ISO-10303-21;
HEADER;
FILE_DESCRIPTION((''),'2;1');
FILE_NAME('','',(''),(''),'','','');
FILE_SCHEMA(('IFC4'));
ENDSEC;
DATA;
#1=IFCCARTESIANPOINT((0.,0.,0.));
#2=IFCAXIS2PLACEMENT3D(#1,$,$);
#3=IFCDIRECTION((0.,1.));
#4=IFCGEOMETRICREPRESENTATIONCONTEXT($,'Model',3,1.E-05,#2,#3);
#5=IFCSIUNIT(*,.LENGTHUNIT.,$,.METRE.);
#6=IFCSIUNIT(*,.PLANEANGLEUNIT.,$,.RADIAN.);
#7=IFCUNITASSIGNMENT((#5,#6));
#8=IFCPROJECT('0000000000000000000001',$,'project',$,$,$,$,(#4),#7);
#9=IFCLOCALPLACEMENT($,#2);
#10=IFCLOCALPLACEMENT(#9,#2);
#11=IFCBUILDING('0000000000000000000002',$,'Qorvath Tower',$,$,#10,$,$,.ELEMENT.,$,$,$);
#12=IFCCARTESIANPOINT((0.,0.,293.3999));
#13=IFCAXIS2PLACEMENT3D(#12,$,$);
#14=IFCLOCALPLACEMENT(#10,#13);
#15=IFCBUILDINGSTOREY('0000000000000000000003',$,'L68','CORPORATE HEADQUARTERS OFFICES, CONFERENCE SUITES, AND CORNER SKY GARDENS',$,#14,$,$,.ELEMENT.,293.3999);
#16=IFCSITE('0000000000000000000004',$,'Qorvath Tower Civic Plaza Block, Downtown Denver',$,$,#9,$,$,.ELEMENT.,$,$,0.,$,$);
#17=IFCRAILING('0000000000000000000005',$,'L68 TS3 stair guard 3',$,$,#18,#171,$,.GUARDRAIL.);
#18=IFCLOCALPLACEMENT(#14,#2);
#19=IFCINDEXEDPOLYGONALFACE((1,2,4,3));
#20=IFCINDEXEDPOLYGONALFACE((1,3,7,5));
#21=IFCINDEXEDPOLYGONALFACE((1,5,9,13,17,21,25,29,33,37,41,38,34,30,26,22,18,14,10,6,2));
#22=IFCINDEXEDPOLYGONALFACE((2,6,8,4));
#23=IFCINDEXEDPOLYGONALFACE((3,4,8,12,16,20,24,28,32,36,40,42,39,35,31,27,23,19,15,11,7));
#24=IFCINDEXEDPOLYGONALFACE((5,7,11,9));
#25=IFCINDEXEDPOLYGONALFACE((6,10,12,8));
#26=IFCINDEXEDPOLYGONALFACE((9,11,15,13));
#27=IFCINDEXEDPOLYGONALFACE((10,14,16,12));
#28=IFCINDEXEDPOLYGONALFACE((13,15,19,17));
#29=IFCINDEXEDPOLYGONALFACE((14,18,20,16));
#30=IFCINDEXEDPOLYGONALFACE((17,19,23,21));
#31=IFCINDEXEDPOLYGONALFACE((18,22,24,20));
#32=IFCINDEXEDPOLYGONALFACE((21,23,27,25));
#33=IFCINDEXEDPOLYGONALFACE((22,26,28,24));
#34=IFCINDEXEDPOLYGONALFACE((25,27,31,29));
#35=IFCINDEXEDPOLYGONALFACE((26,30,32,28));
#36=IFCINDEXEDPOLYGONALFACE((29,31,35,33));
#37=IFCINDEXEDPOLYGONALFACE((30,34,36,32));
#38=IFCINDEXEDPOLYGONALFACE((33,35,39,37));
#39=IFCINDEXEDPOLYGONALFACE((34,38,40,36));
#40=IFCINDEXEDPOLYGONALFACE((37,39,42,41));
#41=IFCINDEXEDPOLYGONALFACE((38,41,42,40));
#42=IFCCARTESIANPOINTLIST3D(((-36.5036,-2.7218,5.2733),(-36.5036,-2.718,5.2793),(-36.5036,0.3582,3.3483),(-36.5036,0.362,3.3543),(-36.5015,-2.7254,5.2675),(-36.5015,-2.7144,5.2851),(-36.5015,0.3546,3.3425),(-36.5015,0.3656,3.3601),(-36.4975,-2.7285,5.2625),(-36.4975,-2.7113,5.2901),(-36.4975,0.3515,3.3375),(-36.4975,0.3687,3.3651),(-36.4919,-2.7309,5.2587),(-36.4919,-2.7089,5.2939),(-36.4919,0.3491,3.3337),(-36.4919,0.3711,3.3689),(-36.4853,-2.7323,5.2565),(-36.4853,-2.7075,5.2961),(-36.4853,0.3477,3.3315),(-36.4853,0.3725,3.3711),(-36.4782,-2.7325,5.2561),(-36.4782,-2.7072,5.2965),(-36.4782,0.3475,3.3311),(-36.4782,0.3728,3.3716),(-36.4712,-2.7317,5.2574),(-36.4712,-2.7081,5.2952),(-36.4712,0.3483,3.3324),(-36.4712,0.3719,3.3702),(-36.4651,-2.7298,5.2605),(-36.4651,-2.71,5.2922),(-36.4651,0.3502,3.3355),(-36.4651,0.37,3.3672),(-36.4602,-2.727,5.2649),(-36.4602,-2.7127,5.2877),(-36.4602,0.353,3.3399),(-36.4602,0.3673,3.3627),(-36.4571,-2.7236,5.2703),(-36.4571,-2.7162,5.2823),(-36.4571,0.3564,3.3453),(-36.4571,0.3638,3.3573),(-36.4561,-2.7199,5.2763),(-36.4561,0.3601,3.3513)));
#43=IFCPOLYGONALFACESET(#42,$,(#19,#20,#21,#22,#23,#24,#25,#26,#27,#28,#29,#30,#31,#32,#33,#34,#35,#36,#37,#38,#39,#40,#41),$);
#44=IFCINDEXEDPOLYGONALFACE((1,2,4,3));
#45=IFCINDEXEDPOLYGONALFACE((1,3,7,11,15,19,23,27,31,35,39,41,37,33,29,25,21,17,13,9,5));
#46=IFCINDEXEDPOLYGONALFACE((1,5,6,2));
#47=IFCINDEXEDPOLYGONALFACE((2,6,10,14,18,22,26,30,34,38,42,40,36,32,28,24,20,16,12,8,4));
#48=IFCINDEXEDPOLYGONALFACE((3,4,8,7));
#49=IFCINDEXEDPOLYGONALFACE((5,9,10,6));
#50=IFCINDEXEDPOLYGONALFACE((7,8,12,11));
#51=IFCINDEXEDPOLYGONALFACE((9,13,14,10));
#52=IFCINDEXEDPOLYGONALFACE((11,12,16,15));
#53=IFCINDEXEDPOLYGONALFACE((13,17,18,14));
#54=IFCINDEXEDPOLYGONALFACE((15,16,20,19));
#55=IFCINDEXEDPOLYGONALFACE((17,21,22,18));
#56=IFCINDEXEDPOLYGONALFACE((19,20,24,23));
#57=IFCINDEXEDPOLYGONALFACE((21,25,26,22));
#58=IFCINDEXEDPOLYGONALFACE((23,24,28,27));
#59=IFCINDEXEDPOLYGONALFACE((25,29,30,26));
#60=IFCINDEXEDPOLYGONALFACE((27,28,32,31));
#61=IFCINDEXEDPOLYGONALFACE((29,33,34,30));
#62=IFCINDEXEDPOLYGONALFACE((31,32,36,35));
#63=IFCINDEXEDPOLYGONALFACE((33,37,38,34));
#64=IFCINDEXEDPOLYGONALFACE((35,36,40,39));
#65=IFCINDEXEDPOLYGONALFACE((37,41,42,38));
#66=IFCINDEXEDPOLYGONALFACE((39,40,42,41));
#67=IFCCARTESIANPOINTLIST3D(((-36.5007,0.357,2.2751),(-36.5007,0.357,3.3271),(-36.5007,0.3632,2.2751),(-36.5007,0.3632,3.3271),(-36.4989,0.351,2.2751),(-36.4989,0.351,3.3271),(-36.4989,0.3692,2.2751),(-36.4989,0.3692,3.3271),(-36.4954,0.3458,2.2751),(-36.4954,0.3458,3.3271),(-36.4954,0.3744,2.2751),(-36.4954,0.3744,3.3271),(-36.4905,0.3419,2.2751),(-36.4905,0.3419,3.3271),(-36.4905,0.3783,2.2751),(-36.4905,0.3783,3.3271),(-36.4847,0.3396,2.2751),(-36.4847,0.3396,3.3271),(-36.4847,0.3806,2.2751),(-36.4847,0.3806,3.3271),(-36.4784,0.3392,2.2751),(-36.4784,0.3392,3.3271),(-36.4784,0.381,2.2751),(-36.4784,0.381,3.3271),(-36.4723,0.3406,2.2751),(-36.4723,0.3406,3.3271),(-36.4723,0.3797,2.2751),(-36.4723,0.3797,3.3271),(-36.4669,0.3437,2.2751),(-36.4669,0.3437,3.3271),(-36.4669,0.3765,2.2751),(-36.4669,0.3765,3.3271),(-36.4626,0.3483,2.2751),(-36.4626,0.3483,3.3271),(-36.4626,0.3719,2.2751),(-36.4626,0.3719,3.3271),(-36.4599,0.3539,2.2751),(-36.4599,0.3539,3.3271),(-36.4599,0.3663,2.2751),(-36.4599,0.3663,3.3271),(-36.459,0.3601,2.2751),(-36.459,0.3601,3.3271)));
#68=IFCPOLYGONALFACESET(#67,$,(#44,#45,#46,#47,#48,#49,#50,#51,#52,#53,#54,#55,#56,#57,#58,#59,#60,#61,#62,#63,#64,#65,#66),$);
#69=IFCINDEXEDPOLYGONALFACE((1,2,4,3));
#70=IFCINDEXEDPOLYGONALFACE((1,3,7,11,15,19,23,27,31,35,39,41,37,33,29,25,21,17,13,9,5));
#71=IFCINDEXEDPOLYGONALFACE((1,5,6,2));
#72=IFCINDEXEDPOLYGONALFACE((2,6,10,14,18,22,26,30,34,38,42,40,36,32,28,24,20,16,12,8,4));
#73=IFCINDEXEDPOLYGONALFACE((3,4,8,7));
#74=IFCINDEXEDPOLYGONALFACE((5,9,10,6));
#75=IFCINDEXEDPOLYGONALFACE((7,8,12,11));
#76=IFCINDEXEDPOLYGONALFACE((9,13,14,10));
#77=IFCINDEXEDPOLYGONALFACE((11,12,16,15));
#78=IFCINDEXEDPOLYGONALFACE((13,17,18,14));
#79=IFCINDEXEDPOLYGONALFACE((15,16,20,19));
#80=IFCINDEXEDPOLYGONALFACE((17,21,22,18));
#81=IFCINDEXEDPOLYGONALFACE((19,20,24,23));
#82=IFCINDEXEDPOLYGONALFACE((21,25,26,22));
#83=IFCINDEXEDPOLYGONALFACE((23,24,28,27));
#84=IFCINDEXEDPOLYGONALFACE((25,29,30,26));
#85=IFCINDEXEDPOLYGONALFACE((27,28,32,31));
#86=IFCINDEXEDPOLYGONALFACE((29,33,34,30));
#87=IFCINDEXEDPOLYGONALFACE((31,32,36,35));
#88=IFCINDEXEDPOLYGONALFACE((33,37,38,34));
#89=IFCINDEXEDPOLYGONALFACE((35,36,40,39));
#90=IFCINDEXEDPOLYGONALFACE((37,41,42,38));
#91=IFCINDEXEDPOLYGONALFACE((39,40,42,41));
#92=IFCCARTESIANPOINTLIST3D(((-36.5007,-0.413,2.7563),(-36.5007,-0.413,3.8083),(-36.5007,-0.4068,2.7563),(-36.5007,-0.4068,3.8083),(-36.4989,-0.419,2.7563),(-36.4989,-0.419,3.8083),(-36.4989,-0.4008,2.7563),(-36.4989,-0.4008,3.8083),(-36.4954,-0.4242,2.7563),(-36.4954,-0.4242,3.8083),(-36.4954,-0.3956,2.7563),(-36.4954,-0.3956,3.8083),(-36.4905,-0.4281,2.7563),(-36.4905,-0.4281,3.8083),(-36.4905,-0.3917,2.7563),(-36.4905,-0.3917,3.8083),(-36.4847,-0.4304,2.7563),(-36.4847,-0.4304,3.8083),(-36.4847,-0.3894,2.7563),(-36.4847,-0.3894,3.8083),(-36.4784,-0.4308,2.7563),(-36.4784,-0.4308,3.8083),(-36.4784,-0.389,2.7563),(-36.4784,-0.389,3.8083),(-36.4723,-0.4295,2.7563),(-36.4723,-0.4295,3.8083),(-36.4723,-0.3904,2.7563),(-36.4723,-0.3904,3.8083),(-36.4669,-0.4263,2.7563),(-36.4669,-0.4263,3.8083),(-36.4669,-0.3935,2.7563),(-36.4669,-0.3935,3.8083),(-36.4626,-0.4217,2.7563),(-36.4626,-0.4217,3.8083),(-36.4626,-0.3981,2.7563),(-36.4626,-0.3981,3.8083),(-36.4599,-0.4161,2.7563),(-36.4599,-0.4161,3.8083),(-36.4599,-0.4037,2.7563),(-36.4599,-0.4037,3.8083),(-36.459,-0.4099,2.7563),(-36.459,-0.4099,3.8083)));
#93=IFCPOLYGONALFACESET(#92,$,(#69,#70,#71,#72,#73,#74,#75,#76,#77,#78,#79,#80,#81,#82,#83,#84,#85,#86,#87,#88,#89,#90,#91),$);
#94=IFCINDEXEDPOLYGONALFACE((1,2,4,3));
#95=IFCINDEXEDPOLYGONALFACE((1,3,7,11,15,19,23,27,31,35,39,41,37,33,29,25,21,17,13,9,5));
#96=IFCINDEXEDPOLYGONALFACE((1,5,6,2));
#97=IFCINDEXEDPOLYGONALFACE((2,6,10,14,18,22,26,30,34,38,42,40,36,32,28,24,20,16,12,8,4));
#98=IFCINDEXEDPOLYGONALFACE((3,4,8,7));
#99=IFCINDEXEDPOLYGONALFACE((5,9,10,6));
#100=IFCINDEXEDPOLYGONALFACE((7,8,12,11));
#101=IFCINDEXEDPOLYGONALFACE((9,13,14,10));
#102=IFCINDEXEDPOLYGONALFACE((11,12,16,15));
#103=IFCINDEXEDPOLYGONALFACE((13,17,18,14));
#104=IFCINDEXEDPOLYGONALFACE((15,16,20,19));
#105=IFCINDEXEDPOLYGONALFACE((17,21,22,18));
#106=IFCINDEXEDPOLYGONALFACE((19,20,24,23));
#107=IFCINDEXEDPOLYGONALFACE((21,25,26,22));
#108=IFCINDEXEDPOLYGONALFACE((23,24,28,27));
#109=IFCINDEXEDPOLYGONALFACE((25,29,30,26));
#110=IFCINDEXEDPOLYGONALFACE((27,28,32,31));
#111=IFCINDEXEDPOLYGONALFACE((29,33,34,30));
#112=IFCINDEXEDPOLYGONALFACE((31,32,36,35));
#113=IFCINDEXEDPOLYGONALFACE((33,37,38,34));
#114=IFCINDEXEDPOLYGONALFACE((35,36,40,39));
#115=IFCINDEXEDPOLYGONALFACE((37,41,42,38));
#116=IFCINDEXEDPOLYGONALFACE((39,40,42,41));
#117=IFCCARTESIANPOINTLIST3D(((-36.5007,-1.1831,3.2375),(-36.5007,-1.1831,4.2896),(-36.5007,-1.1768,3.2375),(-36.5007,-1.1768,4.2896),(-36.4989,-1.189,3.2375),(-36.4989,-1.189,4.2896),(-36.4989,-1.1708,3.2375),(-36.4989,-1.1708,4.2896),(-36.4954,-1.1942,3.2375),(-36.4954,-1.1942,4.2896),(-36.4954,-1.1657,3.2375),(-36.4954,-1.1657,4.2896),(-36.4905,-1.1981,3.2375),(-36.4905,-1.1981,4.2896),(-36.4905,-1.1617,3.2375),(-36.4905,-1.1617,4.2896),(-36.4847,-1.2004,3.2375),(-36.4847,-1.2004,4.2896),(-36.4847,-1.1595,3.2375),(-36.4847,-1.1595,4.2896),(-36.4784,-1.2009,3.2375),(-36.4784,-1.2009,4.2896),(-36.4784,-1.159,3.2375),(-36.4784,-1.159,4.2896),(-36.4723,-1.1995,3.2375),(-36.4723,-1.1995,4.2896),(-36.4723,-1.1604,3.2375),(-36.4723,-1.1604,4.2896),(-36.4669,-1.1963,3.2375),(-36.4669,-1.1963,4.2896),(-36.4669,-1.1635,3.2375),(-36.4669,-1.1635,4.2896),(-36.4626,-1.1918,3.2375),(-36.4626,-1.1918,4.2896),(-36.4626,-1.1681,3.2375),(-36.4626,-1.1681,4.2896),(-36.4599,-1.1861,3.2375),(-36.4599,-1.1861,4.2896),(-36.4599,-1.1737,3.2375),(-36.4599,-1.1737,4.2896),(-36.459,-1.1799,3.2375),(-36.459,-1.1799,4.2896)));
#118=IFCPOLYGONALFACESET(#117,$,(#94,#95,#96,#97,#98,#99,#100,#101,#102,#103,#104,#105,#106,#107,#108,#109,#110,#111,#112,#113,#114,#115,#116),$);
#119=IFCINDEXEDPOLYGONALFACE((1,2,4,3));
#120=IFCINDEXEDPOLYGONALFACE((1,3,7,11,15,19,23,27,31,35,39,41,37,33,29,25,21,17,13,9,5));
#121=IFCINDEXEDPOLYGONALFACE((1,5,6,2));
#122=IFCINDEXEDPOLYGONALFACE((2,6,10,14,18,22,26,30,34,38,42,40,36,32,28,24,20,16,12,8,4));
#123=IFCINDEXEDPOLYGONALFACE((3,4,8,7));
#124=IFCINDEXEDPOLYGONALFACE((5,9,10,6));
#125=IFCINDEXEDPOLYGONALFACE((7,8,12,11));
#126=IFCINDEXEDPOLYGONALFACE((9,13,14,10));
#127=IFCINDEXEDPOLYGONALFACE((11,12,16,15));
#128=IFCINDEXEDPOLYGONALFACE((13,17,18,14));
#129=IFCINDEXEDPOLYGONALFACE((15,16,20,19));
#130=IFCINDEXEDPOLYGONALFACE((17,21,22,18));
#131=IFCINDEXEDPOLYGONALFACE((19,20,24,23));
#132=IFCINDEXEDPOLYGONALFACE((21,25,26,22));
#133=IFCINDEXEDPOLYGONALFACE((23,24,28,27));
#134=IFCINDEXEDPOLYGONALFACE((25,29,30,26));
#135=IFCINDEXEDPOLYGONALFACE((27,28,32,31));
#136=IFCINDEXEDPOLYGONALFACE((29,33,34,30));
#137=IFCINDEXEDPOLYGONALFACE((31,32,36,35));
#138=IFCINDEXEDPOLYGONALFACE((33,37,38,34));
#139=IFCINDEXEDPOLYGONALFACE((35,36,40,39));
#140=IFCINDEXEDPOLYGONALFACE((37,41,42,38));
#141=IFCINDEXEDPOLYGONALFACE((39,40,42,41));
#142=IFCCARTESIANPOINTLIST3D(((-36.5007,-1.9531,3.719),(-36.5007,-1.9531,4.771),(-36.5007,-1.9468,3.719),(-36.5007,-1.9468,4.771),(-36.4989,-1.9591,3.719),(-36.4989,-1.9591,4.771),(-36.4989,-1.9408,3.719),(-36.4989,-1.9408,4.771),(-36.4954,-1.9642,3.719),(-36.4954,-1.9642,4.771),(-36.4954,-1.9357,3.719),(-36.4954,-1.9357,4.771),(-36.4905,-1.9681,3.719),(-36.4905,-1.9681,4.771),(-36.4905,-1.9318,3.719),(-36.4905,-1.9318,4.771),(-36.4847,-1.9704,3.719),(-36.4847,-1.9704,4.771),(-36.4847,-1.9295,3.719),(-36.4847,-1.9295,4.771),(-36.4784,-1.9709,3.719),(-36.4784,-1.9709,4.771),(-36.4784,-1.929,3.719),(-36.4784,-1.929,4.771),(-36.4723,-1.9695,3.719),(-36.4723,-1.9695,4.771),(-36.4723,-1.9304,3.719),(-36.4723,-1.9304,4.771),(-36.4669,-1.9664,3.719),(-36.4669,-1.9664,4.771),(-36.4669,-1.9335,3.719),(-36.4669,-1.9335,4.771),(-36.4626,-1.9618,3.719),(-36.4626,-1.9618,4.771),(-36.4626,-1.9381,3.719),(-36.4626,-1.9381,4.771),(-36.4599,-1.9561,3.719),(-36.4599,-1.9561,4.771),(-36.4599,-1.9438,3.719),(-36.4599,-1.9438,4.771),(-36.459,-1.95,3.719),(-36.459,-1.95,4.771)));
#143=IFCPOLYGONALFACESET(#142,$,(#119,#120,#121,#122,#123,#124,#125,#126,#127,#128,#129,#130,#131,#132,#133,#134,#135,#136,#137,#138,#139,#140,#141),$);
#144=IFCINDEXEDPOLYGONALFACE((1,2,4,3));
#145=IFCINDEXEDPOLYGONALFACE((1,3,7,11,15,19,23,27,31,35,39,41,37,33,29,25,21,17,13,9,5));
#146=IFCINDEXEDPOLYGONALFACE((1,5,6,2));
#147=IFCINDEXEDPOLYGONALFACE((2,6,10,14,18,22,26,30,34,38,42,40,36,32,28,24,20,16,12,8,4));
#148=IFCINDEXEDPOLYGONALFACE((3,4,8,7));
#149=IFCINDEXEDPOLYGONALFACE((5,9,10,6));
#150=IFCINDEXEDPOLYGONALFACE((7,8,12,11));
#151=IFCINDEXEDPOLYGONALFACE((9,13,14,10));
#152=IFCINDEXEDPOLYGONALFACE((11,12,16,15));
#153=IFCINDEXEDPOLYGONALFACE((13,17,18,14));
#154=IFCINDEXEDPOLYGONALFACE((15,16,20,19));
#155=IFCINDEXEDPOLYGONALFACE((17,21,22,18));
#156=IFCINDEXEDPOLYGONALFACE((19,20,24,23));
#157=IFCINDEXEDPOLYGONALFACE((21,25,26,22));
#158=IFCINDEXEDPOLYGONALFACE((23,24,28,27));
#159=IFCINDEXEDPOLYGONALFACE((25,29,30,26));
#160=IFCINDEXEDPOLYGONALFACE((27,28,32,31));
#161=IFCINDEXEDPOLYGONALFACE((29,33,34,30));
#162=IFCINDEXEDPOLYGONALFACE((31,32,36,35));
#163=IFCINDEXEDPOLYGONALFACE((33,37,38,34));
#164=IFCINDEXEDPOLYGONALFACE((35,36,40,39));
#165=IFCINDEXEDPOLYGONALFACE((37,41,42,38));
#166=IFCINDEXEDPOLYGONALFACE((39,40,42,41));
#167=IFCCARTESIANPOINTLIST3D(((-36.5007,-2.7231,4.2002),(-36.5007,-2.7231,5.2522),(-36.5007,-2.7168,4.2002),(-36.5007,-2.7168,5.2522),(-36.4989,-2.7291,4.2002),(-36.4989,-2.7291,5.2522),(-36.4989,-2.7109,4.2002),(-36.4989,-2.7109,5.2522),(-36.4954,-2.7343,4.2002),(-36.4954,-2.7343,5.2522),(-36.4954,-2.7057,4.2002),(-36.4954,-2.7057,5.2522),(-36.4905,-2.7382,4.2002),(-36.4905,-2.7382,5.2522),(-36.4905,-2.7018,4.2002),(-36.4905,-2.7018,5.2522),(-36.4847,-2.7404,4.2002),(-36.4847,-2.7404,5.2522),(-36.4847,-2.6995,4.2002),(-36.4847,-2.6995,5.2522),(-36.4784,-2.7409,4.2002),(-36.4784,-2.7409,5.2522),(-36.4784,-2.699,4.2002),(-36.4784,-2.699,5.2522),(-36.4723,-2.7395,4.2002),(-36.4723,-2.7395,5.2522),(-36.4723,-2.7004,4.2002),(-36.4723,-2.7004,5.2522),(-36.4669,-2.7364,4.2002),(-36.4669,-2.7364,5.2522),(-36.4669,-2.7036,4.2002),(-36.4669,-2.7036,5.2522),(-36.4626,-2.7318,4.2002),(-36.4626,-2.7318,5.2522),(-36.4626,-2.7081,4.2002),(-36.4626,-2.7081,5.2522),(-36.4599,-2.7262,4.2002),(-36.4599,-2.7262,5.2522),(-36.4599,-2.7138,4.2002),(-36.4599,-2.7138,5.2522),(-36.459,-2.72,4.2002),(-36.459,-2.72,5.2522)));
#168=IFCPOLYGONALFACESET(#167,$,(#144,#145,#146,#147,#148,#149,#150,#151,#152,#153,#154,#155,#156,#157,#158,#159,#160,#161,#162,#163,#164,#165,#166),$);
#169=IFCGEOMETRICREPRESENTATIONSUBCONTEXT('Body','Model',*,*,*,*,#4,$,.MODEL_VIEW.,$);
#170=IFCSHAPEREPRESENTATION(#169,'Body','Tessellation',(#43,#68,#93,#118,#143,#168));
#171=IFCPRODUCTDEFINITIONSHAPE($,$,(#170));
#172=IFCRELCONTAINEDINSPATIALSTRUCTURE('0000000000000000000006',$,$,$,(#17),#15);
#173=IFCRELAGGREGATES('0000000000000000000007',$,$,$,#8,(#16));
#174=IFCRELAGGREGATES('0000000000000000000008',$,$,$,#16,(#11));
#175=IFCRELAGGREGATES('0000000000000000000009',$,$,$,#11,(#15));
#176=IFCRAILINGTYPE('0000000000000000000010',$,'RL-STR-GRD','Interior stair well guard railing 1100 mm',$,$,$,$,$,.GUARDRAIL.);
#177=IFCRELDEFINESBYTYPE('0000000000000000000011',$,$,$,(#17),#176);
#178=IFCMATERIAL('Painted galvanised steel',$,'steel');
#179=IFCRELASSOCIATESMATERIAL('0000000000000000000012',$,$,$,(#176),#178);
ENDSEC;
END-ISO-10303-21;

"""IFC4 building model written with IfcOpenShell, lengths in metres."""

from ifc_helpers import new_model, si_unit, direction, frame, origin, origin_2d, place, context, subcontext, project, spatial, circle, extrude, material, type_object, element, save


model = new_model("IFC4")

# Units and contexts
model_context = context("Model", 3, precision=1e-05, world=origin(), true_north=direction((0.0, 1.0)))
body_context = subcontext(model_context, "Body", "Model", "MODEL_VIEW")
ifc_project = project(units=[si_unit("LENGTHUNIT", "METRE"), si_unit("PLANEANGLEUNIT", "RADIAN")], contexts=[model_context])

# Site, building, storey
site_placement = place(None, origin())
site = spatial("IfcSite", under=ifc_project, at=site_placement, Name="Qorvath Tower Civic Plaza Block, Downtown Denver", CompositionType="ELEMENT", RefElevation=0.0)
building_placement = place(site_placement, origin())
building = spatial("IfcBuilding", under=site, at=building_placement, Name="Qorvath Tower", CompositionType="ELEMENT")
storey_placement = place(building_placement, frame((0.0, 0.0, 293.3999)))
storey = spatial("IfcBuildingStorey", under=building, at=storey_placement, Name="L68", Description="CORPORATE HEADQUARTERS OFFICES, CONFERENCE SUITES, AND CORNER SKY GARDENS", CompositionType="ELEMENT", Elevation=293.3999)

# Railing
ifc_material_1 = material(Name="Painted galvanised steel", Category="steel")
railing_type_1 = type_object("IfcRailingType", Name="RL-STR-GRD", Description="Interior stair well guard railing 1100 mm", PredefinedType="GUARDRAIL", material=ifc_material_1)
railing_1_placement = place(storey_placement, frame((-36.48, 0.3601, 2.2751)))
element("IfcRailing", 1, at=railing_1_placement, inside=storey, type_object=railing_type_1, Name="L68 TS3 stair guard 3", PredefinedType="GUARDRAIL", context=body_context, shape_type="SweptSolid", body=[
    extrude(circle(Radius=0.0239, at=origin_2d()), frame((0.0, 0.0, 1.0762), z_axis=(0.0, -0.847998, 0.529999), x_axis=(1.0, 0.0, 0.0)), (0.0, 0.0, 1.0), 3.6321),
    extrude(circle(Radius=0.021, at=origin_2d()), origin(), (0.0, 0.0, 1.0), 1.052),
    extrude(circle(Radius=0.021, at=origin_2d()), frame((0.0, -0.77, 0.4812)), (0.0, 0.0, 1.0), 1.052),
    extrude(circle(Radius=0.021, at=origin_2d()), frame((0.0, -1.54, 0.9624)), (0.0, 0.0, 1.0), 1.052),
    extrude(circle(Radius=0.021, at=origin_2d()), frame((0.0, -2.3101, 1.4438)), (0.0, 0.0, 1.0), 1.052),
    extrude(circle(Radius=0.021, at=origin_2d()), frame((0.0, -3.0801, 1.925)), (0.0, 0.0, 1.0), 1.052),
])

save(model, "model.ifc")
